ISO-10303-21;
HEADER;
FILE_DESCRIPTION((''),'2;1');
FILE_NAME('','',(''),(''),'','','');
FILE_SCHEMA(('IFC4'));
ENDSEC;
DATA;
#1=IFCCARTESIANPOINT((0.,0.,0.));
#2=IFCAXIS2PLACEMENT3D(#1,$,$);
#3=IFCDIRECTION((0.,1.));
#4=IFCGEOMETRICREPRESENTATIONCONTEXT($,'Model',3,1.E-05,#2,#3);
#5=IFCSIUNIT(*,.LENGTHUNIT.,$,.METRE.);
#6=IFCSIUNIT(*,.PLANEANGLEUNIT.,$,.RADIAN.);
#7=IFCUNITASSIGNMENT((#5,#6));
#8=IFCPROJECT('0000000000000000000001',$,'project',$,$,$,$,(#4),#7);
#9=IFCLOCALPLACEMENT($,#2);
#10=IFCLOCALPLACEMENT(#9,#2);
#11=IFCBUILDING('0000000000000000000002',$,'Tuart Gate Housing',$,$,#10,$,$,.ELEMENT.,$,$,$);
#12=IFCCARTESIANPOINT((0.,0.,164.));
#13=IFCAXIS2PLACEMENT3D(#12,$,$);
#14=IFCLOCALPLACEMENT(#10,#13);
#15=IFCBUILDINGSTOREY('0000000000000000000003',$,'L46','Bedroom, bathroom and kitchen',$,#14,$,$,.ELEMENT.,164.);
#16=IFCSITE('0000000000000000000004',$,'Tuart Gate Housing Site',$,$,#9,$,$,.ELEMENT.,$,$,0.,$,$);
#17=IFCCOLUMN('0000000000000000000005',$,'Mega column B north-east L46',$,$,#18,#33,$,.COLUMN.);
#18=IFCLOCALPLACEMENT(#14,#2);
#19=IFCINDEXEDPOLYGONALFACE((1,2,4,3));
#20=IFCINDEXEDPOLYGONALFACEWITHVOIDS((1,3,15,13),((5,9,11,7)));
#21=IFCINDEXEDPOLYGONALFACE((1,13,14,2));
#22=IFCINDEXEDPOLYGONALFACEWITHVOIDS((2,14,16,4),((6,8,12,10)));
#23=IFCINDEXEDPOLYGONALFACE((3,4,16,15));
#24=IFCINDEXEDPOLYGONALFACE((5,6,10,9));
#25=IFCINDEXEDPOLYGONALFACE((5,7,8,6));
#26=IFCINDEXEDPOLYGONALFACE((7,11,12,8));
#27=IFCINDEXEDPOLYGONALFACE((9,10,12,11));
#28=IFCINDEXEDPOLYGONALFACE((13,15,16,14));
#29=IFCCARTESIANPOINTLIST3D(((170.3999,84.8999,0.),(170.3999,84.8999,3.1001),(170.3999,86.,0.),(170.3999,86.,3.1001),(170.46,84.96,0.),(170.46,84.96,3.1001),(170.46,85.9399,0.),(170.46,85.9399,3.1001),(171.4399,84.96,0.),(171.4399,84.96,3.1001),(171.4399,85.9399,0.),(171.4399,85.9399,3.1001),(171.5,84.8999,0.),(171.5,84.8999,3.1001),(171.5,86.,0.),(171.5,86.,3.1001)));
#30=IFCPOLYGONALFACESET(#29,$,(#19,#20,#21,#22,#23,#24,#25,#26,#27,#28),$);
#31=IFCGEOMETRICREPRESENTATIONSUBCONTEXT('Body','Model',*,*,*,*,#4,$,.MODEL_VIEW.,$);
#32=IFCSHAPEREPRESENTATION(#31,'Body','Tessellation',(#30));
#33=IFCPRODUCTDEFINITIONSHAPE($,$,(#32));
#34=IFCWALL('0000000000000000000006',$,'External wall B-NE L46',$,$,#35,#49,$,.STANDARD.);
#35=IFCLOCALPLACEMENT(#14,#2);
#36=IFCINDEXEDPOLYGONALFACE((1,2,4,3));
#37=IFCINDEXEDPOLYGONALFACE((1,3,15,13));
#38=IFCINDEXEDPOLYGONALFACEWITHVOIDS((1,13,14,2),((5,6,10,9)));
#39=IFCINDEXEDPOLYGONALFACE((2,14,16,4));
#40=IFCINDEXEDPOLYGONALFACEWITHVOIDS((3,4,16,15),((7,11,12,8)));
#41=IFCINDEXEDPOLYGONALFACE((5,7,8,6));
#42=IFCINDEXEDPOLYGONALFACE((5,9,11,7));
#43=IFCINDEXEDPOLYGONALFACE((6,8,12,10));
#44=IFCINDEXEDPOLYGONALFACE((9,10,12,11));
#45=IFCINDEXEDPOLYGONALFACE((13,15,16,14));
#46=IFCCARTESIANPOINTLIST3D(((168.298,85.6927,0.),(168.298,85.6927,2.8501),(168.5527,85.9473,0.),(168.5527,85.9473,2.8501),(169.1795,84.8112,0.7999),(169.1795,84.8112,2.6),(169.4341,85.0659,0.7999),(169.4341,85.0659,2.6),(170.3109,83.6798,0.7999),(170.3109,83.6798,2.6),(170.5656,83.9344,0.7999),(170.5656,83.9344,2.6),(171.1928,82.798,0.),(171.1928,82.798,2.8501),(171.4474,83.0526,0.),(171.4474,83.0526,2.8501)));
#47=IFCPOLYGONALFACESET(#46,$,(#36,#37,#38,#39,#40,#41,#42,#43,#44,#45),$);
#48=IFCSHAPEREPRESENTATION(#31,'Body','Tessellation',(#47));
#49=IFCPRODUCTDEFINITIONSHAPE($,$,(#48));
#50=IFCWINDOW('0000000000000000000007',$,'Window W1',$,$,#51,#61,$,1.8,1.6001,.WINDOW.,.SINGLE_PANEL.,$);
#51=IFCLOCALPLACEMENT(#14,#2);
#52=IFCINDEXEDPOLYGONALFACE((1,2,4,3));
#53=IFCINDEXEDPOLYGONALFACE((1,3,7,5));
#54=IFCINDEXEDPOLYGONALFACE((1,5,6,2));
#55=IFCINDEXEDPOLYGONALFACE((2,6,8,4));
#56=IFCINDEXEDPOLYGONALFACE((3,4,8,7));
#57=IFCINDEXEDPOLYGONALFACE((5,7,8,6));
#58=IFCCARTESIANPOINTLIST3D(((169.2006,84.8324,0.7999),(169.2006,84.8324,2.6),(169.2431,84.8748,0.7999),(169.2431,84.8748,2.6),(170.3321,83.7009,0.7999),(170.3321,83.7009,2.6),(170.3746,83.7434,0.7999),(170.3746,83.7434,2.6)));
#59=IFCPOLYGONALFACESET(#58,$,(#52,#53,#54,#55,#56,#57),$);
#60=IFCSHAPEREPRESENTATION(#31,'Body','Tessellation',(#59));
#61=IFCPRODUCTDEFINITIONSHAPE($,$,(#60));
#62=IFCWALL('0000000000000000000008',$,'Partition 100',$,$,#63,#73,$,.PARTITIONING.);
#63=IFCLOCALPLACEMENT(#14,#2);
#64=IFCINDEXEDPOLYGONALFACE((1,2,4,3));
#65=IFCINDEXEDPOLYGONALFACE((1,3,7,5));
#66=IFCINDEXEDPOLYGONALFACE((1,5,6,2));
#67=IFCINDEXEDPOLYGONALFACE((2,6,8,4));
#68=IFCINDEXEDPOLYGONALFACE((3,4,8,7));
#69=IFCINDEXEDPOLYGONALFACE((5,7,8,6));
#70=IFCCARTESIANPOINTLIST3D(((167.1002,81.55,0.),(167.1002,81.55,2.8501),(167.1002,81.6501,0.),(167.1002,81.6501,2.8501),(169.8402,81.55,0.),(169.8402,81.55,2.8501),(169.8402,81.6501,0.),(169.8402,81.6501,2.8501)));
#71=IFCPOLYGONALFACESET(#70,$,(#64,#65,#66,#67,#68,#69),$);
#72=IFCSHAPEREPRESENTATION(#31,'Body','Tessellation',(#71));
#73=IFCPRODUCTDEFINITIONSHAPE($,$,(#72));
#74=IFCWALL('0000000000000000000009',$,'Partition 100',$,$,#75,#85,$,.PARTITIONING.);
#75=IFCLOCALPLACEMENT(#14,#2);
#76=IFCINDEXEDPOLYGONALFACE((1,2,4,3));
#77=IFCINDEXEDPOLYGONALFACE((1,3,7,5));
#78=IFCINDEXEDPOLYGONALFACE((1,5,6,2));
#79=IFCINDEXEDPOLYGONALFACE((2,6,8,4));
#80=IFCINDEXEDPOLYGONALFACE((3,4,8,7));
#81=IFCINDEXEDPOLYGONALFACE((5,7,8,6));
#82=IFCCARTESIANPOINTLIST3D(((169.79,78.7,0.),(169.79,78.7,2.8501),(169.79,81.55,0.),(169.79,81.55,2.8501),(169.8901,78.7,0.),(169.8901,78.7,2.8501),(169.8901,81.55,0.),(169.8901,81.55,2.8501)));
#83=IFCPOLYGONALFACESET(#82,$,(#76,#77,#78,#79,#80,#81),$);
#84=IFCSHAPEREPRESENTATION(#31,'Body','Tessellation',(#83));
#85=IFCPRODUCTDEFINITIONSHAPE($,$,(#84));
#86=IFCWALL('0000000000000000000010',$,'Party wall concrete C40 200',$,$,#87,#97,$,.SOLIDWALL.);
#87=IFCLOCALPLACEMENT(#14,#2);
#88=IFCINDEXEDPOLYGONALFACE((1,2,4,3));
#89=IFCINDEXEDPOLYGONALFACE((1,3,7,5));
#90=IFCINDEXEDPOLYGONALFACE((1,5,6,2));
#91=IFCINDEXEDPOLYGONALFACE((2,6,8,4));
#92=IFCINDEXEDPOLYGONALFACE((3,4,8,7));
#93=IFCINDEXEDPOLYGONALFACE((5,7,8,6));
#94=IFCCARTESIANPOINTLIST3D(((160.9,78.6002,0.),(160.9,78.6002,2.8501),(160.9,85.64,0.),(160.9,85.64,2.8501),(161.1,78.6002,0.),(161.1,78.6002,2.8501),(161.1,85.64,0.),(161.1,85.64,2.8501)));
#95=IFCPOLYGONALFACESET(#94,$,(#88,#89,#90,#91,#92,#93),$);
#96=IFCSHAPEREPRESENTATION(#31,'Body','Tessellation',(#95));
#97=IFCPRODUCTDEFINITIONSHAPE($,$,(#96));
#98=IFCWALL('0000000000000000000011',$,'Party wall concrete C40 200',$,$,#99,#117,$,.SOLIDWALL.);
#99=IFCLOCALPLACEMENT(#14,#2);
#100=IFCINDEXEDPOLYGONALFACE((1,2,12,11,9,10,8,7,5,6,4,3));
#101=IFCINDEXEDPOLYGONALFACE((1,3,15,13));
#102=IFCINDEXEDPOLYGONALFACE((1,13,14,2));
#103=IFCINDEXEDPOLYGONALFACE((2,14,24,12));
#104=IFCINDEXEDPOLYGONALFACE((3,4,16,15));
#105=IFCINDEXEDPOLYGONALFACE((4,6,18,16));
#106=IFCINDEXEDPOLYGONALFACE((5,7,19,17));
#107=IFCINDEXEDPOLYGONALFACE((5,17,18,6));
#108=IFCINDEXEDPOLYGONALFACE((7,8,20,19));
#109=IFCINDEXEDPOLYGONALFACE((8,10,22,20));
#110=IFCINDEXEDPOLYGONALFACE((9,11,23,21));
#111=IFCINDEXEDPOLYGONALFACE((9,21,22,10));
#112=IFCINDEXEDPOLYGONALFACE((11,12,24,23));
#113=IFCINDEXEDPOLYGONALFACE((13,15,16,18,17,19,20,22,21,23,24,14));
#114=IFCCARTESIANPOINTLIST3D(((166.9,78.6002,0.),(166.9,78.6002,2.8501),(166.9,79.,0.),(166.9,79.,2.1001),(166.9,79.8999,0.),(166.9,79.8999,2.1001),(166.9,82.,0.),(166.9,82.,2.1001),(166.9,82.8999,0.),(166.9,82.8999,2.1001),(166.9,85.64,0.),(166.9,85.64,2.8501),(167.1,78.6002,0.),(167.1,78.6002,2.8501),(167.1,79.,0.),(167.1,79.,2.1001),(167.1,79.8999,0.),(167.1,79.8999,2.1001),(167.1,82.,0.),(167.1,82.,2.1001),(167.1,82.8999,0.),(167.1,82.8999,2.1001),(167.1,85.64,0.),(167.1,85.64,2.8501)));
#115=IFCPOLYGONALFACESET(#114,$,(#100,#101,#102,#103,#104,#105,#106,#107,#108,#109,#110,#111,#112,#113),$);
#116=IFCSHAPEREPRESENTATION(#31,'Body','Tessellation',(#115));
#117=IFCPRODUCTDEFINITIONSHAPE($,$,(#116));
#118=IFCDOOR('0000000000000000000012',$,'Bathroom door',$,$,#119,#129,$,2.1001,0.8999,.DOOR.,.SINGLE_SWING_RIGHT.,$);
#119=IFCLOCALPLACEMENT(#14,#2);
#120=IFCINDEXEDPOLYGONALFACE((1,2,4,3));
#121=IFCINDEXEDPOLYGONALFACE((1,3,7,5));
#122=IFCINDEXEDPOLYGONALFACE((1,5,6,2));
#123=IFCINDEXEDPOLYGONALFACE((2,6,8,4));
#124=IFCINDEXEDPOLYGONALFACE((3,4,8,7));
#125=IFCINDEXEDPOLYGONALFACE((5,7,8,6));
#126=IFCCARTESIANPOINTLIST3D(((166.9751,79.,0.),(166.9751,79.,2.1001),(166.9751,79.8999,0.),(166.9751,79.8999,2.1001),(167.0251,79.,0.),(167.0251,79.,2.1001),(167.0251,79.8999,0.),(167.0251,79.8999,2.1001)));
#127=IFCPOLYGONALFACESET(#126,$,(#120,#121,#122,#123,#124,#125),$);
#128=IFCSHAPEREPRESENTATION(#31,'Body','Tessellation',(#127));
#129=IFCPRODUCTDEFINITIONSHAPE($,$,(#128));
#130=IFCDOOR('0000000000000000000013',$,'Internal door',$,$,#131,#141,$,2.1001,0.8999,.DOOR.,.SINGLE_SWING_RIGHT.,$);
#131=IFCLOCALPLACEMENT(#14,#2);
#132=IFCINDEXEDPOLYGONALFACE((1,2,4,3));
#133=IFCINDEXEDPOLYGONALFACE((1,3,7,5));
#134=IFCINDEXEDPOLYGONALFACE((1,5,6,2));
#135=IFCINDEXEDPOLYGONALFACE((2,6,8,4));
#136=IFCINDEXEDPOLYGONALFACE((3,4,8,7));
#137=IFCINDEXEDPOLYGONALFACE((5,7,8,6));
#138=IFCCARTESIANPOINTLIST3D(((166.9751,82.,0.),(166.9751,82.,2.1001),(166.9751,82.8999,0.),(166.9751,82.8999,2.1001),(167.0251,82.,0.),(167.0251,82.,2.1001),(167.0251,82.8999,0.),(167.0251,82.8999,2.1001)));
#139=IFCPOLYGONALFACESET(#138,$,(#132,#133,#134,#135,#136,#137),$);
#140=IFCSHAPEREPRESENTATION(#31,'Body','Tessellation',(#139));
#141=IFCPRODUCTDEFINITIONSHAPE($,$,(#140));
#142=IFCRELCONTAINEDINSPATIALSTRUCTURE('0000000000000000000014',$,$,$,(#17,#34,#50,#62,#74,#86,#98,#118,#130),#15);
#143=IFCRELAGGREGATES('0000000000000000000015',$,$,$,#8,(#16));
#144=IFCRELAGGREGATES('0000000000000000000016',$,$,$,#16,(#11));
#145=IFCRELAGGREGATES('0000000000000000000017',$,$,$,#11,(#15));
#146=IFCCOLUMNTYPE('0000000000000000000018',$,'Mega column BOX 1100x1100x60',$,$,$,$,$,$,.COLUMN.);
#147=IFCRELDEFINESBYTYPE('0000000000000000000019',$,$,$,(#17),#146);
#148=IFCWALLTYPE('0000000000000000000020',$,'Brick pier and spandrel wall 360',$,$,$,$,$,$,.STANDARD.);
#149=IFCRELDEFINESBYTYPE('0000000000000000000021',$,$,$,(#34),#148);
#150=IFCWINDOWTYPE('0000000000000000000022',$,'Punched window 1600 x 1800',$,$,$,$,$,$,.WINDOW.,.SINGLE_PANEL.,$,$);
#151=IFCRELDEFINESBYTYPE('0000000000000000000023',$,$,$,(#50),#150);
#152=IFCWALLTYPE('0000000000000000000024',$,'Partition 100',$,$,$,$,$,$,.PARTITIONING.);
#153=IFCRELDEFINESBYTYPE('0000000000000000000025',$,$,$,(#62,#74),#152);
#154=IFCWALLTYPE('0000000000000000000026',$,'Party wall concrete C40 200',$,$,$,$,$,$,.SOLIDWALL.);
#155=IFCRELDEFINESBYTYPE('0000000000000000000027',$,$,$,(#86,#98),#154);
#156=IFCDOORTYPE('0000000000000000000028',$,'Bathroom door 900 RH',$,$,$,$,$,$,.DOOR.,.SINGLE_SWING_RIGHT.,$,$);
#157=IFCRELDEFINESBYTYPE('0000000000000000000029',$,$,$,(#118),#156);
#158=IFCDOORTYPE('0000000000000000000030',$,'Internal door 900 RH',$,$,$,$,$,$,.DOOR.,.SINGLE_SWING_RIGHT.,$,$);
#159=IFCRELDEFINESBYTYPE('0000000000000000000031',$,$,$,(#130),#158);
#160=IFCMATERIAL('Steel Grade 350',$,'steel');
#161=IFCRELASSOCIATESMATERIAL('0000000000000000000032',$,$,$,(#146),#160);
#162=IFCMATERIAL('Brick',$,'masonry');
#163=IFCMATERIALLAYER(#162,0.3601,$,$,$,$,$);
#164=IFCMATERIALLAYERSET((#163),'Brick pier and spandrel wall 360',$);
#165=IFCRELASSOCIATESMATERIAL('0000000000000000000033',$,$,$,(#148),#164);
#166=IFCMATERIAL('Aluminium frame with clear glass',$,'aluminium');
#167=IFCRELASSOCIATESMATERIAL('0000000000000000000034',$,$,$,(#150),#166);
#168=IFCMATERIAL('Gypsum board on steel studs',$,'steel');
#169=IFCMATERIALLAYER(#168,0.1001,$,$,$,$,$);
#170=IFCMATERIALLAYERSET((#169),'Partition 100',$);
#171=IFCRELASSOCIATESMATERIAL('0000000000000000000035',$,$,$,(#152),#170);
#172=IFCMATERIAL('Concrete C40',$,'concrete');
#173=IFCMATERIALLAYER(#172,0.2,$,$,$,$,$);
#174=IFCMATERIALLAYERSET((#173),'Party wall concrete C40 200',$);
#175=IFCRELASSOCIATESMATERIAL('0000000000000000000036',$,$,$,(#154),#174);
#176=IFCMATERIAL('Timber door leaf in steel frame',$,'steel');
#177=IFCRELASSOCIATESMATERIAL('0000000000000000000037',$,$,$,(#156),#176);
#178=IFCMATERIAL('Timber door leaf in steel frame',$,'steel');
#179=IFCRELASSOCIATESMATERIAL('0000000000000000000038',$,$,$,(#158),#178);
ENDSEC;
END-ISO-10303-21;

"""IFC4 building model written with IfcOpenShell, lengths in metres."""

from ifc_helpers import new_model, si_unit, direction, frame, frame_2d, origin, origin_2d, place, context, subcontext, project, spatial, rectangle, hollow_rectangle, extrude, material, layer, layer_set, material_profile, profile_set, type_object, element, fill, save


model = new_model("IFC4")

# Units and contexts
model_context = context("Model", 3, precision=1e-05, world=origin(), true_north=direction((0.0, 1.0)))
body_context = subcontext(model_context, "Body", "Model", "MODEL_VIEW")
ifc_project = project(units=[si_unit("LENGTHUNIT", "METRE"), si_unit("PLANEANGLEUNIT", "RADIAN")], contexts=[model_context])

# Site, building, storey
site_placement = place(None, origin())
site = spatial("IfcSite", under=ifc_project, at=site_placement, Name="Tuart Gate Housing Site", CompositionType="ELEMENT", RefElevation=0.0)
building_placement = place(site_placement, origin())
building = spatial("IfcBuilding", under=site, at=building_placement, Name="Tuart Gate Housing", CompositionType="ELEMENT")
storey_placement = place(building_placement, frame((0.0, 0.0, 164.0)))
storey = spatial("IfcBuildingStorey", under=building, at=storey_placement, Name="L46", Description="Bedroom, bathroom and kitchen", CompositionType="ELEMENT", Elevation=164.0)

# Column
ifc_material_1 = material(Name="Steel Grade 350", Category="steel")
ifc_material_profile = material_profile(ifc_material_1, hollow_rectangle(XDim=1.1001, YDim=1.1001, WallThickness=0.0601, at=origin_2d()), Name="BOX 1100x1100x60")
ifc_profile_set = profile_set([ifc_material_profile], Name="Steel Grade 350")
column_type = type_object("IfcColumnType", Name="Mega column BOX 1100x1100x60", PredefinedType="COLUMN", material=ifc_profile_set)
column_placement = place(storey_placement, frame((170.95, 85.45, 0.0), z_axis=(0.0, 0.0, 1.0), x_axis=(1.0, 0.0, 0.0)))
element("IfcColumn", 1, at=column_placement, inside=storey, type_object=column_type, Name="Mega column B north-east L46", PredefinedType="COLUMN", context=body_context, shape_type="SweptSolid", body=[
    extrude(hollow_rectangle(XDim=1.1001, YDim=1.1001, WallThickness=0.0601, at=origin_2d()), origin(), (0.0, 0.0, 1.0), 3.1001),
])

# Wall, opening, window
ifc_material_2 = material(Name="Brick", Category="masonry")
ifc_layer_1 = layer(ifc_material_2, 0.3601)
ifc_layer_set_1 = layer_set([ifc_layer_1], Name="Brick pier and spandrel wall 360")
wall_type_1 = type_object("IfcWallType", Name="Brick pier and spandrel wall 360", PredefinedType="STANDARD", material=ifc_layer_set_1)
wall_1_placement = place(storey_placement, frame((171.3201, 82.9253, 0.0), z_axis=(0.0, 0.0, 1.0), x_axis=(-0.707107, 0.707107, 0.0)))
wall_1 = element("IfcWall", 2, at=wall_1_placement, inside=storey, type_object=wall_type_1, Name="External wall B-NE L46", PredefinedType="STANDARD", context=body_context, shape_type="SweptSolid", body=[
    extrude(rectangle(XDim=4.0938, YDim=0.3601, at=frame_2d((2.0469, 0.0))), origin(), (0.0, 0.0, 1.0), 2.8501),
])
opening_1_placement = place(wall_1_placement, frame((1.2471, 0.0, 0.8)))
opening_1 = element("IfcOpeningElement", 3, at=opening_1_placement, cuts=wall_1, PredefinedType="OPENING", context=body_context, shape_type="SweptSolid", body=[
    extrude(rectangle(XDim=1.6001, YDim=1.8, at=frame_2d((0.8, 0.8999))), frame((0.0, 0.1899, 0.0), z_axis=(0.0, -1.0, 0.0), x_axis=(1.0, 0.0, 0.0)), (0.0, 0.0, 1.0), 0.3801),
])
ifc_material_3 = material(Name="Aluminium frame with clear glass", Category="aluminium")
window_type_1 = type_object("IfcWindowType", Name="Punched window 1600 x 1800", PartitioningType="SINGLE_PANEL", PredefinedType="WINDOW", material=ifc_material_3)
window_1_placement = place(opening_1_placement, origin())
window_1 = element("IfcWindow", 4, at=window_1_placement, inside=storey, type_object=window_type_1, Name="Window W1", OverallHeight=1.8, OverallWidth=1.6001, PartitioningType="SINGLE_PANEL", PredefinedType="WINDOW", context=body_context, shape_type="SweptSolid", body=[
    extrude(rectangle(XDim=1.6001, YDim=1.8, at=frame_2d((0.8, 0.8999))), frame((0.0, 0.1501, 0.0), z_axis=(0.0, -1.0, 0.0), x_axis=(1.0, 0.0, 0.0)), (0.0, 0.0, 1.0), 0.0601),
])
fill(opening_1, window_1)

# Walls
ifc_material_4 = material(Name="Gypsum board on steel studs", Category="steel")
ifc_layer_2 = layer(ifc_material_4, 0.1001)
ifc_layer_set_2 = layer_set([ifc_layer_2], Name="Partition 100")
wall_type_2 = type_object("IfcWallType", Name="Partition 100", PredefinedType="PARTITIONING", material=ifc_layer_set_2)
wall_2_placement = place(storey_placement, frame((167.1001, 81.6001, 0.0), z_axis=(0.0, 0.0, 1.0), x_axis=(1.0, 0.0, 0.0)))
element("IfcWall", 5, at=wall_2_placement, inside=storey, type_object=wall_type_2, Name="Partition 100", PredefinedType="PARTITIONING", context=body_context, shape_type="SweptSolid", body=[
    extrude(rectangle(XDim=2.74, YDim=0.1001, at=frame_2d((1.3701, 0.0))), origin(), (0.0, 0.0, 1.0), 2.8501),
])
wall_3_placement = place(storey_placement, frame((169.8401, 78.7, 0.0), z_axis=(0.0, 0.0, 1.0), x_axis=(0.0, 1.0, 0.0)))
element("IfcWall", 6, at=wall_3_placement, inside=storey, type_object=wall_type_2, Name="Partition 100", PredefinedType="PARTITIONING", context=body_context, shape_type="SweptSolid", body=[
    extrude(rectangle(XDim=2.8501, YDim=0.1001, at=frame_2d((1.425, 0.0))), origin(), (0.0, 0.0, 1.0), 2.8501),
])
ifc_material_5 = material(Name="Concrete C40", Category="concrete")
ifc_layer_3 = layer(ifc_material_5, 0.2)
ifc_layer_set_3 = layer_set([ifc_layer_3], Name="Party wall concrete C40 200")
wall_type_3 = type_object("IfcWallType", Name="Party wall concrete C40 200", PredefinedType="SOLIDWALL", material=ifc_layer_set_3)
wall_4_placement = place(storey_placement, frame((161.0, 78.6001, 0.0), z_axis=(0.0, 0.0, 1.0), x_axis=(0.0, 1.0, 0.0)))
element("IfcWall", 7, at=wall_4_placement, inside=storey, type_object=wall_type_3, Name="Party wall concrete C40 200", PredefinedType="SOLIDWALL", context=body_context, shape_type="SweptSolid", body=[
    extrude(rectangle(XDim=7.0398, YDim=0.2, at=frame_2d((3.52, 0.0))), origin(), (0.0, 0.0, 1.0), 2.8501),
])

# Wall, openings, doors
wall_5_placement = place(storey_placement, frame((167.0, 78.6001, 0.0), z_axis=(0.0, 0.0, 1.0), x_axis=(0.0, 1.0, 0.0)))
wall_5 = element("IfcWall", 8, at=wall_5_placement, inside=storey, type_object=wall_type_3, Name="Party wall concrete C40 200", PredefinedType="SOLIDWALL", context=body_context, shape_type="SweptSolid", body=[
    extrude(rectangle(XDim=7.0398, YDim=0.2, at=frame_2d((3.52, 0.0))), origin(), (0.0, 0.0, 1.0), 2.8501),
])
opening_2_placement = place(wall_5_placement, frame((3.3999, 0.0, 0.0)))
opening_2 = element("IfcOpeningElement", 9, at=opening_2_placement, cuts=wall_5, PredefinedType="OPENING", context=body_context, shape_type="SweptSolid", body=[
    extrude(rectangle(XDim=0.8999, YDim=2.1001, at=frame_2d((0.45, 1.05))), frame((0.0, 0.1099, 0.0), z_axis=(0.0, -1.0, 0.0), x_axis=(1.0, 0.0, 0.0)), (0.0, 0.0, 1.0), 0.22),
])
opening_3_placement = place(wall_5_placement, frame((0.3999, 0.0, 0.0)))
opening_3 = element("IfcOpeningElement", 10, at=opening_3_placement, cuts=wall_5, PredefinedType="OPENING", context=body_context, shape_type="SweptSolid", body=[
    extrude(rectangle(XDim=0.8999, YDim=2.1001, at=frame_2d((0.45, 1.05))), frame((0.0, 0.1099, 0.0), z_axis=(0.0, -1.0, 0.0), x_axis=(1.0, 0.0, 0.0)), (0.0, 0.0, 1.0), 0.22),
])
ifc_material_6 = material(Name="Timber door leaf in steel frame", Category="steel")
door_type_1 = type_object("IfcDoorType", Name="Bathroom door 900 RH", OperationType="SINGLE_SWING_RIGHT", PredefinedType="DOOR", material=ifc_material_6)
door_1_placement = place(opening_3_placement, frame((0.8999, 0.0, 0.0), z_axis=(0.0, 0.0, 1.0), x_axis=(-1.0, 0.0, 0.0)))
door_1 = element("IfcDoor", 11, at=door_1_placement, inside=storey, type_object=door_type_1, Name="Bathroom door", OperationType="SINGLE_SWING_RIGHT", OverallHeight=2.1001, OverallWidth=0.8999, PredefinedType="DOOR", context=body_context, shape_type="SweptSolid", body=[
    extrude(rectangle(XDim=0.8999, YDim=2.1001, at=frame_2d((0.45, 1.05))), frame((0.0, 0.0251, 0.0), z_axis=(0.0, -1.0, 0.0), x_axis=(1.0, 0.0, 0.0)), (0.0, 0.0, 1.0), 0.05),
])
fill(opening_3, door_1)
ifc_material_7 = material(Name="Timber door leaf in steel frame", Category="steel")
door_type_2 = type_object("IfcDoorType", Name="Internal door 900 RH", OperationType="SINGLE_SWING_RIGHT", PredefinedType="DOOR", material=ifc_material_7)
door_2_placement = place(opening_2_placement, frame((0.8999, 0.0, 0.0), z_axis=(0.0, 0.0, 1.0), x_axis=(-1.0, 0.0, 0.0)))
door_2 = element("IfcDoor", 12, at=door_2_placement, inside=storey, type_object=door_type_2, Name="Internal door", OperationType="SINGLE_SWING_RIGHT", OverallHeight=2.1001, OverallWidth=0.8999, PredefinedType="DOOR", context=body_context, shape_type="SweptSolid", body=[
    extrude(rectangle(XDim=0.8999, YDim=2.1001, at=frame_2d((0.45, 1.05))), frame((0.0, 0.0251, 0.0), z_axis=(0.0, -1.0, 0.0), x_axis=(1.0, 0.0, 0.0)), (0.0, 0.0, 1.0), 0.05),
])
fill(opening_2, door_2)

save(model, "model.ifc")
